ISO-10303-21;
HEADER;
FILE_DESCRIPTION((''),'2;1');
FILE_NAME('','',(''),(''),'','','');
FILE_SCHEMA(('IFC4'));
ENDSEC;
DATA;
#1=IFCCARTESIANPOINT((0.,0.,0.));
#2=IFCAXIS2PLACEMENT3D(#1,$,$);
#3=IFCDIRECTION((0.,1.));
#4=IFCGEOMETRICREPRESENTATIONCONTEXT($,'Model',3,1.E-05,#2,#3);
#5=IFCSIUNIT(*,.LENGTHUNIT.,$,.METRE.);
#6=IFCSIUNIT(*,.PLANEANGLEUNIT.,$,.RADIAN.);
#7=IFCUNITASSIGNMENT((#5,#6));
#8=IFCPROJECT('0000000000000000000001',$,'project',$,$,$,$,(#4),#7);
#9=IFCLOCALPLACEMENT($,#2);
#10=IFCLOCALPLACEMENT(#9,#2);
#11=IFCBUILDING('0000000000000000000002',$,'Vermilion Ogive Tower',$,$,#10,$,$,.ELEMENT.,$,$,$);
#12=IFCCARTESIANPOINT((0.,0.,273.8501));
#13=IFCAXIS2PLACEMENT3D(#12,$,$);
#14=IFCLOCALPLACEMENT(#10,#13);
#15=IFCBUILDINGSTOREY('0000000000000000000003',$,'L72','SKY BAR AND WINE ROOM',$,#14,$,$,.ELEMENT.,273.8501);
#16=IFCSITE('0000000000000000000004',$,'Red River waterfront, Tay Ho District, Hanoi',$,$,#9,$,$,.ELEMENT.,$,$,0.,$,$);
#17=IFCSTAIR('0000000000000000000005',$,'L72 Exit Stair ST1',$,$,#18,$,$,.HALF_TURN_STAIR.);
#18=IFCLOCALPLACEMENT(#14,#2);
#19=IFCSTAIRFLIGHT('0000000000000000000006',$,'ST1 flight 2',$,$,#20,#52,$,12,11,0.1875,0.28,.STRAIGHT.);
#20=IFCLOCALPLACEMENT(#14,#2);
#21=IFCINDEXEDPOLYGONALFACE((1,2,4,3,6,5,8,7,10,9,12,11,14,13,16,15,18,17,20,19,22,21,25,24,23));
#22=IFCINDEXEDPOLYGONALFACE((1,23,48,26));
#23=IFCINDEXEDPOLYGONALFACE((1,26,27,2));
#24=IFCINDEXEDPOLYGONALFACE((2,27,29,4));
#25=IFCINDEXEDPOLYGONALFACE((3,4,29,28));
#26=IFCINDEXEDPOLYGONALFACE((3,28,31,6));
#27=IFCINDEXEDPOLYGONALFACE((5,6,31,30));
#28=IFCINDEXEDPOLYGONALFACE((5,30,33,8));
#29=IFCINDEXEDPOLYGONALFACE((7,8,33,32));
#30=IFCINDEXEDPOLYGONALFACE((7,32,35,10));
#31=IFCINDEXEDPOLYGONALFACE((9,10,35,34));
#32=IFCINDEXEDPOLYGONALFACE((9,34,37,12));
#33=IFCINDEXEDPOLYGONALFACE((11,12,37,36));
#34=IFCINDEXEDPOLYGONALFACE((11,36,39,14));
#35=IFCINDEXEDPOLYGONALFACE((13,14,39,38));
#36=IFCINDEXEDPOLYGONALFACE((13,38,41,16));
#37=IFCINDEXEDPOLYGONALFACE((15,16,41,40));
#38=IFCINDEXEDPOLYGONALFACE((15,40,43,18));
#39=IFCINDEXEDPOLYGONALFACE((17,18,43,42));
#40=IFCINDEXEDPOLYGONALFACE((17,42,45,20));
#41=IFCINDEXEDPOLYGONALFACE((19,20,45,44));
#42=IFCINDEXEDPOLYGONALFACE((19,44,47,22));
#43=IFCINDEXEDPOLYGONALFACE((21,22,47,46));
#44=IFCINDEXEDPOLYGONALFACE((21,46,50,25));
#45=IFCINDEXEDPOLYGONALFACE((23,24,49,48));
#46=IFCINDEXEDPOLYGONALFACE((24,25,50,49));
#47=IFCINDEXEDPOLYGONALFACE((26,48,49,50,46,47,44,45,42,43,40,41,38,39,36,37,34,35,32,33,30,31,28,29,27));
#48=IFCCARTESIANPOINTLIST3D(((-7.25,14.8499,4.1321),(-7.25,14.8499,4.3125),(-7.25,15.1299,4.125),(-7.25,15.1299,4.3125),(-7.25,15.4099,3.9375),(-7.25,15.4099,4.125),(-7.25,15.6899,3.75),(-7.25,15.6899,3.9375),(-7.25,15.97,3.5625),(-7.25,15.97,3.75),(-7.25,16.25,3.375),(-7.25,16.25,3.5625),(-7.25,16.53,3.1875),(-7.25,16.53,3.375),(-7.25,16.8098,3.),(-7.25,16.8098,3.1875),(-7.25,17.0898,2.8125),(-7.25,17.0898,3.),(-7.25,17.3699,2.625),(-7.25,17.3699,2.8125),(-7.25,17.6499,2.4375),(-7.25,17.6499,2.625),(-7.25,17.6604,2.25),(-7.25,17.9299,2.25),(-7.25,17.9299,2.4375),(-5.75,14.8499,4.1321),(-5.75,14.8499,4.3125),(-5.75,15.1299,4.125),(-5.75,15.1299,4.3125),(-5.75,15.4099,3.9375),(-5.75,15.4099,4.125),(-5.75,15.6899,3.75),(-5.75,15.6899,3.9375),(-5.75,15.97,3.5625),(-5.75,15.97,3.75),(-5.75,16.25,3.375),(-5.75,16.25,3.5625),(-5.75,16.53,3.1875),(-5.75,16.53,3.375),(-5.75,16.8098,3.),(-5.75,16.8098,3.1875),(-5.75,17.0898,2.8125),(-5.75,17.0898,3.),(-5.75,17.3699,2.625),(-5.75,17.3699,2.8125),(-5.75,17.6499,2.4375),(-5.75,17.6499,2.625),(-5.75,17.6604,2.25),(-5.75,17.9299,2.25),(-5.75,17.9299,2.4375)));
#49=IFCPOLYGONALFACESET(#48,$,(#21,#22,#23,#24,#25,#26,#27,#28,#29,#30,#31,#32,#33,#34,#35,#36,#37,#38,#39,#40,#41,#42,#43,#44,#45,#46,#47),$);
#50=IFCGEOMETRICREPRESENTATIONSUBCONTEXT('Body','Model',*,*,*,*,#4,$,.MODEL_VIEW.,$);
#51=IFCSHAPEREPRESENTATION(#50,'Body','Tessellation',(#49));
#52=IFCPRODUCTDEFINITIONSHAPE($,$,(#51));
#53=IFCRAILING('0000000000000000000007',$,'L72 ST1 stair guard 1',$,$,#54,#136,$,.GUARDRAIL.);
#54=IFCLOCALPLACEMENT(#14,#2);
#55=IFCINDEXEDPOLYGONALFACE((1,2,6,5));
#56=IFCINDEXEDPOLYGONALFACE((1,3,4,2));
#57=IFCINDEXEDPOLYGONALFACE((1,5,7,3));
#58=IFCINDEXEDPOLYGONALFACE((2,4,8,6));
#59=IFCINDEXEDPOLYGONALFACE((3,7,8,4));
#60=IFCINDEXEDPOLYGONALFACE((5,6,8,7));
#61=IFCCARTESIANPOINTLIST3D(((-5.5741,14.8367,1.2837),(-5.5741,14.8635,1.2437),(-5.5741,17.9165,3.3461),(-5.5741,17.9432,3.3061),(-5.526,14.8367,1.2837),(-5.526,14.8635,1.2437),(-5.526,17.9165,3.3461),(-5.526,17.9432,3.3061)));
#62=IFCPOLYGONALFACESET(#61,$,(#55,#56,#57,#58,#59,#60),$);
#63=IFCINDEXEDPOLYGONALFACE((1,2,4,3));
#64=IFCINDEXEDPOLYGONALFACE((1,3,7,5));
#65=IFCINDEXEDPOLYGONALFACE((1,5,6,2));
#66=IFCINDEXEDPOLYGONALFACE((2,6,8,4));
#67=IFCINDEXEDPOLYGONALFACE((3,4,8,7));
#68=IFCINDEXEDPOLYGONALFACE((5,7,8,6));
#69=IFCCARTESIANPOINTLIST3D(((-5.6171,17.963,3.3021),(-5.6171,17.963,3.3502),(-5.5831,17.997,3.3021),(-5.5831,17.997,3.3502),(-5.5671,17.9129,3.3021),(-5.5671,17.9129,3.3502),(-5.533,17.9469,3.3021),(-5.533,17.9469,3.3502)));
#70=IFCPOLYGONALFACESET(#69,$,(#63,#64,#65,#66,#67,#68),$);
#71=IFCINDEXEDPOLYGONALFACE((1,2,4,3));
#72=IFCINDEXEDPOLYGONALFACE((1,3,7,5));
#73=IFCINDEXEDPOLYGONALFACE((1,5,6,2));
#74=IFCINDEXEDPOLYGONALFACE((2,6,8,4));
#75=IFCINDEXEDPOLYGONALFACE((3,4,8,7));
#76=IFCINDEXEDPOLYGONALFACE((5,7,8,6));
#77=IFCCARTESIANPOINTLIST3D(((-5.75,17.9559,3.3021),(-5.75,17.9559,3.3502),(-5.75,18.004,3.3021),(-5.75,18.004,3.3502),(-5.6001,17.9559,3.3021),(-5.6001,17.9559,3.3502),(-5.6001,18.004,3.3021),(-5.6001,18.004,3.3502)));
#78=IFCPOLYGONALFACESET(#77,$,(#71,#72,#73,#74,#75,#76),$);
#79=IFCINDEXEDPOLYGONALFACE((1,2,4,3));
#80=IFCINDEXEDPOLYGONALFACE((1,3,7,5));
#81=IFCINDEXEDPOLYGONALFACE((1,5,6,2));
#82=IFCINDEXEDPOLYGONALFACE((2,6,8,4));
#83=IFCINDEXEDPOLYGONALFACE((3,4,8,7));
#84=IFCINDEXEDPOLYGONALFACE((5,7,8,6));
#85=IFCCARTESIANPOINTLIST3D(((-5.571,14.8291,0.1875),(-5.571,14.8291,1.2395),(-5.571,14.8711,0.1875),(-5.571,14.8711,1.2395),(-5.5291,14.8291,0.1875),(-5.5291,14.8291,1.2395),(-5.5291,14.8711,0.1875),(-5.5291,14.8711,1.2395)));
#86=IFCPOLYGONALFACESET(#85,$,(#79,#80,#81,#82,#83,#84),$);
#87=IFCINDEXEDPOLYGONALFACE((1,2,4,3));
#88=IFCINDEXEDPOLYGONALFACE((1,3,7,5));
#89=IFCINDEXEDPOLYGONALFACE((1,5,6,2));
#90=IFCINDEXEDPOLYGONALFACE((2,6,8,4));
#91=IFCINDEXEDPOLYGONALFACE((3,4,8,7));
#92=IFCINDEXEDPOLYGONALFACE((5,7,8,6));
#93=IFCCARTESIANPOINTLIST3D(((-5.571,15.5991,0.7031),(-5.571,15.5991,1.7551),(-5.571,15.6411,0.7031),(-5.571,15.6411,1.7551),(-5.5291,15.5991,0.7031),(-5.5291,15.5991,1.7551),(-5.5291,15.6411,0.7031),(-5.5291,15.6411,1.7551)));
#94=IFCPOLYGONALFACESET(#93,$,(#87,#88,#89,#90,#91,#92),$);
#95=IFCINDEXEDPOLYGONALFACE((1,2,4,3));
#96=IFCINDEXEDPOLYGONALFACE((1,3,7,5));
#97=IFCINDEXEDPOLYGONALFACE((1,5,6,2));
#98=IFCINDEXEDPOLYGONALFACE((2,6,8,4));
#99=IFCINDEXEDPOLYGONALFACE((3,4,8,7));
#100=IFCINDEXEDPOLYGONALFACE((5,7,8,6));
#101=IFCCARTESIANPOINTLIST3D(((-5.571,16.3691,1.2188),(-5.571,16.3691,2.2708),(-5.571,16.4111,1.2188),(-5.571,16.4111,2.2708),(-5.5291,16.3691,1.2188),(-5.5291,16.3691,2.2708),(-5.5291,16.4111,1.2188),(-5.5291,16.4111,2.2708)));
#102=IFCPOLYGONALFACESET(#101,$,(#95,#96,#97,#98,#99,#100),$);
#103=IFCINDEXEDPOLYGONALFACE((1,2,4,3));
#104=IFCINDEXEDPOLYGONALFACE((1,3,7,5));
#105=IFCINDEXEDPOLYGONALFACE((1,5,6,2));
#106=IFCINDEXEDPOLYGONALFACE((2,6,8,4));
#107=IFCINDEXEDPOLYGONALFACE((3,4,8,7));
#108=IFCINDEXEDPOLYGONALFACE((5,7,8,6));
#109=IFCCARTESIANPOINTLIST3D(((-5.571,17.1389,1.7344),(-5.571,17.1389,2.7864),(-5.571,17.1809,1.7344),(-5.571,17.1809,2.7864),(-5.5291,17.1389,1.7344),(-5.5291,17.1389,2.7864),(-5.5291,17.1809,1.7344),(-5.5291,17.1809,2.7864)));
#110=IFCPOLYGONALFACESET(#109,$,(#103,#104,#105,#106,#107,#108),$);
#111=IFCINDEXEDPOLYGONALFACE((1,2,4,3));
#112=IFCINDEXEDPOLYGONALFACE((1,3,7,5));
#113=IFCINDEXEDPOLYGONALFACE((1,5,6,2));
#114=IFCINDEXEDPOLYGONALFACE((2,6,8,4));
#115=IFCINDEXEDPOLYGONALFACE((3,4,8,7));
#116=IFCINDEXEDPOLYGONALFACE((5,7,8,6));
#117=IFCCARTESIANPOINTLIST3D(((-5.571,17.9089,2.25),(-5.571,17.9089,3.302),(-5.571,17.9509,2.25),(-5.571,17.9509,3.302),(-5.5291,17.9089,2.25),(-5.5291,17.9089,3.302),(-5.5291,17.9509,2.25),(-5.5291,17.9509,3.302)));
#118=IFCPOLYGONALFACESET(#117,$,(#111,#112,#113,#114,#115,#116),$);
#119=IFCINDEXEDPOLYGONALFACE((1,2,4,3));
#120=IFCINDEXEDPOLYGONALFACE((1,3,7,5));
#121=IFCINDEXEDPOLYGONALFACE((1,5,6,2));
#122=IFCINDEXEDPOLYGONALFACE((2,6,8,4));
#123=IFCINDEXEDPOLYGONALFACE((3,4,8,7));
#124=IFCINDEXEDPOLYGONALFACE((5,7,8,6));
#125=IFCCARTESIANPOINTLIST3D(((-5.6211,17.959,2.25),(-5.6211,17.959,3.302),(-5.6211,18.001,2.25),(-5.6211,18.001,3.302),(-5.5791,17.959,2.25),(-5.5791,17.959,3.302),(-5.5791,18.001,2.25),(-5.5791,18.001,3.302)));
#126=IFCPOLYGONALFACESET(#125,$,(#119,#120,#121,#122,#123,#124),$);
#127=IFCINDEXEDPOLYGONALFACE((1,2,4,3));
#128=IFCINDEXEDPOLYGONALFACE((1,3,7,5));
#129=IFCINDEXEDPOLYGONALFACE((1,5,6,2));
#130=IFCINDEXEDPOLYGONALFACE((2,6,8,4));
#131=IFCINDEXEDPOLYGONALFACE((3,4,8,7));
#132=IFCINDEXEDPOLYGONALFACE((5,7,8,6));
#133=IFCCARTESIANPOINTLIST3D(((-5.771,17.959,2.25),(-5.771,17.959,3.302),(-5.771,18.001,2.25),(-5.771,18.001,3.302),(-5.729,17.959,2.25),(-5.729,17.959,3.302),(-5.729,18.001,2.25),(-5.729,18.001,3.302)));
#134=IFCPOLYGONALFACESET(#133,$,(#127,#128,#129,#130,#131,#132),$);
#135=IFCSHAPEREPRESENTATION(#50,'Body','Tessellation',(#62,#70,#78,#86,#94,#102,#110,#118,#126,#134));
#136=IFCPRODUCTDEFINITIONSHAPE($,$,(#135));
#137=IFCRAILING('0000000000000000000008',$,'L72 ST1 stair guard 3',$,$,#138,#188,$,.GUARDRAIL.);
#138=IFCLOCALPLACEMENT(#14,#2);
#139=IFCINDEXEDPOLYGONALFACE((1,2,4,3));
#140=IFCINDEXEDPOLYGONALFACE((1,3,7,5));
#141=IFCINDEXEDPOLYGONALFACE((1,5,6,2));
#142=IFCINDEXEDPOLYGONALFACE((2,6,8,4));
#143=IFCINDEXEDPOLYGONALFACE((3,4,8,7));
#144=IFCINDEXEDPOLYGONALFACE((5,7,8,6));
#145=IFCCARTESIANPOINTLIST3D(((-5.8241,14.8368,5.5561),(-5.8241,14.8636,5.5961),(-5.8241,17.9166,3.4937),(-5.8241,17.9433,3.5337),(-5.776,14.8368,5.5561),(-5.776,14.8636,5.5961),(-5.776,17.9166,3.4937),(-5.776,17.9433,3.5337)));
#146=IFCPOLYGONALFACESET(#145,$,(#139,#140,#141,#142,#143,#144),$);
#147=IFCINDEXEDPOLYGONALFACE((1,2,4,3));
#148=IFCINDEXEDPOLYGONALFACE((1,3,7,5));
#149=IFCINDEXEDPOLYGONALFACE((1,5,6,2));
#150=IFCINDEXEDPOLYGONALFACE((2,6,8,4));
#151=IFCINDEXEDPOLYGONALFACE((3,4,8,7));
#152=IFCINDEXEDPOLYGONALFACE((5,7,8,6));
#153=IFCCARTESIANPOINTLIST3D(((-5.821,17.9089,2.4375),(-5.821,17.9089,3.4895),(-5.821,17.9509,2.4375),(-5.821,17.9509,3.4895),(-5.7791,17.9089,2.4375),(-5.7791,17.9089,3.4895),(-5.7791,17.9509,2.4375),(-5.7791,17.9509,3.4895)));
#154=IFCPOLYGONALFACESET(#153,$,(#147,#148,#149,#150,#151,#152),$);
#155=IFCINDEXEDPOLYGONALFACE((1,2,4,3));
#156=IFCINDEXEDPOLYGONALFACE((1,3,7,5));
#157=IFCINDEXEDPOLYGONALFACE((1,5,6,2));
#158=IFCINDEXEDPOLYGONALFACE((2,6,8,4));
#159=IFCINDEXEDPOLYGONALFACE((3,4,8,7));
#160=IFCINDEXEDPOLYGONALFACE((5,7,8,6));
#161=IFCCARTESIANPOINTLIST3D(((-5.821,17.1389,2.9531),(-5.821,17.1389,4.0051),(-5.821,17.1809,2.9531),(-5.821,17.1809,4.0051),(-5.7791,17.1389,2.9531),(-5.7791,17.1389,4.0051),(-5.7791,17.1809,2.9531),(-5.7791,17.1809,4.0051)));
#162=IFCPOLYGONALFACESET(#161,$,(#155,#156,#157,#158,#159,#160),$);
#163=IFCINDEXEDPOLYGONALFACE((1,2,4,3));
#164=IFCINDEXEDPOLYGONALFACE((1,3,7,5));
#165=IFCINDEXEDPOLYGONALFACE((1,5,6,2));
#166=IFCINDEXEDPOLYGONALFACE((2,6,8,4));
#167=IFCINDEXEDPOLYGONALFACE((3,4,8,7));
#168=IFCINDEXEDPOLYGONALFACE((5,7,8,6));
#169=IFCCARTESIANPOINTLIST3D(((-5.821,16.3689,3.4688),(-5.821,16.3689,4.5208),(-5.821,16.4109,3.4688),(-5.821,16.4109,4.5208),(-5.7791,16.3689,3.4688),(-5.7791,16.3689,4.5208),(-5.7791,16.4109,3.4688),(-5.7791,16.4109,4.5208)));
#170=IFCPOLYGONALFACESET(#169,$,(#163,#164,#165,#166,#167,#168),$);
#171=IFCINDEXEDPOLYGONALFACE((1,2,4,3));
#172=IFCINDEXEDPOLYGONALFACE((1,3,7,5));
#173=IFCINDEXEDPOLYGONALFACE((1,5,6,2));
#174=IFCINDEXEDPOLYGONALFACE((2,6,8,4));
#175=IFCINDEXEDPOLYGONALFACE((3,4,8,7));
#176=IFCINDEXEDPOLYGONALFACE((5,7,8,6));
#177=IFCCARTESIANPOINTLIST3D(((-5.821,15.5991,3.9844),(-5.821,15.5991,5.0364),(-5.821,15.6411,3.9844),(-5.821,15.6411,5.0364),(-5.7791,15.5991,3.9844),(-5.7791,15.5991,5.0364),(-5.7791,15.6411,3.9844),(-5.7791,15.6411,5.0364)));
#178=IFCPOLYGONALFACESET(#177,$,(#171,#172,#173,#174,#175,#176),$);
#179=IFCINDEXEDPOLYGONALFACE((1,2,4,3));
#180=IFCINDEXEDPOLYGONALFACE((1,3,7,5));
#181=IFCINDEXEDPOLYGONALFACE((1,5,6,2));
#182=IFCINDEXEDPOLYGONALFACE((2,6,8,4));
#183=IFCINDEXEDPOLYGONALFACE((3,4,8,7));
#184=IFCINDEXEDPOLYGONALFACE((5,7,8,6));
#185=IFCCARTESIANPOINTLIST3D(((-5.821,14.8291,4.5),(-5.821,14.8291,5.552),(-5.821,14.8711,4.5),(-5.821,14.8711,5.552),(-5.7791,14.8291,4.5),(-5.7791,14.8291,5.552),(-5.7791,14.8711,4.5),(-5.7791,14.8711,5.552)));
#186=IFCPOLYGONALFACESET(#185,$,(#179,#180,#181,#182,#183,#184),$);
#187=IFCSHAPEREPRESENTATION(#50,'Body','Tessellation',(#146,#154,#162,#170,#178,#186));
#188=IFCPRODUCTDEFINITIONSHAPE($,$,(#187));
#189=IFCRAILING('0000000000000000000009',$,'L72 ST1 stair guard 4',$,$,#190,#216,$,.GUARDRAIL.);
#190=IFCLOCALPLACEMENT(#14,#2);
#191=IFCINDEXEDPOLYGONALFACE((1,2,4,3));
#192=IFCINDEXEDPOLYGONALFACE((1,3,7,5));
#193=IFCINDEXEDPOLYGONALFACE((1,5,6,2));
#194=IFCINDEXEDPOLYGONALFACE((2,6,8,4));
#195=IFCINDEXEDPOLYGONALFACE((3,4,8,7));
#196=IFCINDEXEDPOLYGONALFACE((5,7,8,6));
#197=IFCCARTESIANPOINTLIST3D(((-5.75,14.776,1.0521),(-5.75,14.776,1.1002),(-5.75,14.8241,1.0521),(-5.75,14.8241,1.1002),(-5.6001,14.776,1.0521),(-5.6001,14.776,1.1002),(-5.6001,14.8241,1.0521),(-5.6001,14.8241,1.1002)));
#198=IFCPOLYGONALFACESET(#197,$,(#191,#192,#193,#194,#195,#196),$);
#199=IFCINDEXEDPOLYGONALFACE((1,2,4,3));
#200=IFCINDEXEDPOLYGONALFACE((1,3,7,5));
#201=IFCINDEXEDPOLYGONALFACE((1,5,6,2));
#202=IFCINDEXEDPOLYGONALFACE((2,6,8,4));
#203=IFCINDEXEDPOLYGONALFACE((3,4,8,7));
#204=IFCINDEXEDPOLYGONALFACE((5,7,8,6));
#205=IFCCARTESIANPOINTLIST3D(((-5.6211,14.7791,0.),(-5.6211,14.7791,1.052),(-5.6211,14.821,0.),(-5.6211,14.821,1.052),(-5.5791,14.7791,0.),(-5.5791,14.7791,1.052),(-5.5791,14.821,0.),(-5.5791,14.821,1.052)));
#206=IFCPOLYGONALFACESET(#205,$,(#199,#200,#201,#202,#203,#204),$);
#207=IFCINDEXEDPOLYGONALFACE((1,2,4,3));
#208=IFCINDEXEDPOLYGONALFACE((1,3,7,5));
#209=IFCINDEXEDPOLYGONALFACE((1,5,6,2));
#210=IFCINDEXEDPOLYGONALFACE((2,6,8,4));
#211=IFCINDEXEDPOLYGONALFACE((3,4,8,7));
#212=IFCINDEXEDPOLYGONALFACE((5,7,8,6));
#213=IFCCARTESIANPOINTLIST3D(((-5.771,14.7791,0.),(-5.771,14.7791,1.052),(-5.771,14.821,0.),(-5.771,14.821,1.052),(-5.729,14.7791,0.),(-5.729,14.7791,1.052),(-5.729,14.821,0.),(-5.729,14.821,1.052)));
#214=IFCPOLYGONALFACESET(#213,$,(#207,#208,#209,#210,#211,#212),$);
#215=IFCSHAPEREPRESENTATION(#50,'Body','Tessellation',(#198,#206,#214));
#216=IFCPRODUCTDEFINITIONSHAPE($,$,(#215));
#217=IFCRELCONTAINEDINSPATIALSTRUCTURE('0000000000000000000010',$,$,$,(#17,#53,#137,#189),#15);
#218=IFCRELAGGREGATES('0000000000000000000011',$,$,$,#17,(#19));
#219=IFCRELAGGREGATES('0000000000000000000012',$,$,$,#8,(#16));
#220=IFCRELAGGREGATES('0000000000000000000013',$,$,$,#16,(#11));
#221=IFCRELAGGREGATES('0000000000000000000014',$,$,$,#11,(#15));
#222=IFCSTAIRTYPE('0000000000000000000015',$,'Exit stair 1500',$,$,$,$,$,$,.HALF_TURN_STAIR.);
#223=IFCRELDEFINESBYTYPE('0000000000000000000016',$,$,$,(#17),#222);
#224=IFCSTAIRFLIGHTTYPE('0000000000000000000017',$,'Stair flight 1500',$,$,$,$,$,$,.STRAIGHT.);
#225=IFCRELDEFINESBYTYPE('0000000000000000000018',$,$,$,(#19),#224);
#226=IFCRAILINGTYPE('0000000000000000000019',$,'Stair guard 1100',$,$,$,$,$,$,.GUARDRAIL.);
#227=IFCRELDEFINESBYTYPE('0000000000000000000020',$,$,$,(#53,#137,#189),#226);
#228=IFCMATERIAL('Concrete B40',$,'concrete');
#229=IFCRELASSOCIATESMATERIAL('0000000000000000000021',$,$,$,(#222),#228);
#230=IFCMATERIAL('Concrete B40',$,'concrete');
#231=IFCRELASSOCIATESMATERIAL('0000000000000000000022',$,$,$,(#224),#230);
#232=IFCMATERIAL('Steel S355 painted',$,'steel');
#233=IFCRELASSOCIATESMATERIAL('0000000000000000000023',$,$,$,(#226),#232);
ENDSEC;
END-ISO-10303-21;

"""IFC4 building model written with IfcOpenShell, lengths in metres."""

from ifc_helpers import new_model, si_unit, direction, frame, origin, origin_2d, place, context, subcontext, project, spatial, polyline, rectangle, outline, extrude, material, type_object, element, aggregate, save


model = new_model("IFC4")

# Units and contexts
model_context = context("Model", 3, precision=1e-05, world=origin(), true_north=direction((0.0, 1.0)))
body_context = subcontext(model_context, "Body", "Model", "MODEL_VIEW")
ifc_project = project(units=[si_unit("LENGTHUNIT", "METRE"), si_unit("PLANEANGLEUNIT", "RADIAN")], contexts=[model_context])

# Site, building, storey
site_placement = place(None, origin())
site = spatial("IfcSite", under=ifc_project, at=site_placement, Name="Red River waterfront, Tay Ho District, Hanoi", CompositionType="ELEMENT", RefElevation=0.0)
building_placement = place(site_placement, origin())
building = spatial("IfcBuilding", under=site, at=building_placement, Name="Vermilion Ogive Tower", CompositionType="ELEMENT")
storey_placement = place(building_placement, frame((0.0, 0.0, 273.8501)))
storey = spatial("IfcBuildingStorey", under=building, at=storey_placement, Name="L72", Description="SKY BAR AND WINE ROOM", CompositionType="ELEMENT", Elevation=273.8501)

# Stair, stair flight
ifc_material_1 = material(Name="Concrete B40", Category="concrete")
stair_type = type_object("IfcStairType", Name="Exit stair 1500", PredefinedType="HALF_TURN_STAIR", material=ifc_material_1)
stair_placement = place(storey_placement, origin())
stair = element("IfcStair", 1, at=stair_placement, inside=storey, type_object=stair_type, Name="L72 Exit Stair ST1", PredefinedType="HALF_TURN_STAIR")
ifc_material_2 = material(Name="Concrete B40", Category="concrete")
stair_flight_type = type_object("IfcStairFlightType", Name="Stair flight 1500", PredefinedType="STRAIGHT", material=ifc_material_2)
stair_flight_1_placement = place(storey_placement, frame((-6.5, 17.9299, 2.25), z_axis=(0.0, 0.0, 1.0), x_axis=(0.0, -1.0, 0.0)))
stair_flight_1 = element("IfcStairFlight", 2, at=stair_flight_1_placement, type_object=stair_flight_type, Name="ST1 flight 2", NumberOfRisers=12, NumberOfTreads=11, PredefinedType="STRAIGHT", RiserHeight=0.1875, TreadLength=0.28, context=body_context, shape_type="SweptSolid", body=[
    extrude(outline(polyline([(0.0, 0.0), (0.0, 0.1875), (0.28, 0.1875), (0.28, 0.375), (0.5601, 0.375), (0.5601, 0.5625), (0.8401, 0.5625), (0.8401, 0.75), (1.1201, 0.75), (1.1201, 0.9375), (1.3999, 0.9375), (1.3999, 1.125), (1.6799, 1.125), (1.6799, 1.3125), (1.96, 1.3125), (1.96, 1.5), (2.24, 1.5), (2.24, 1.6875), (2.52, 1.6875), (2.52, 1.875), (2.8, 1.875), (2.8, 2.0625), (3.0801, 2.0625), (3.0801, 2.25), (3.0801, 1.8821), (0.2695, 0.0), (0.0, 0.0)])), frame((0.0, 0.75, 0.0), z_axis=(0.0, -1.0, 0.0), x_axis=(1.0, 0.0, 0.0)), (0.0, 0.0, 1.0), 1.5),
])
aggregate(stair, [stair_flight_1])

# Railings
ifc_material_3 = material(Name="Steel S355 painted", Category="steel")
railing_type_1 = type_object("IfcRailingType", Name="Stair guard 1100", PredefinedType="GUARDRAIL", material=ifc_material_3)
railing_1_placement = place(storey_placement, frame((-5.55, 14.8501, 0.1875)))
element("IfcRailing", 3, at=railing_1_placement, inside=storey, type_object=railing_type_1, Name="L72 ST1 stair guard 1", PredefinedType="GUARDRAIL", context=body_context, shape_type="SweptSolid", body=[
    extrude(rectangle(XDim=0.0481, YDim=0.0481, at=origin_2d()), frame((0.0, 0.0, 1.0762), z_axis=(0.0, 0.830893, 0.556432), x_axis=(-1.0, 0.0, 0.0)), (0.0, 0.0, 1.0), 3.7065),
    extrude(rectangle(XDim=0.0481, YDim=0.0481, at=origin_2d()), frame((0.0, 3.0798, 3.1387), z_axis=(-0.707107, 0.707107, 0.0), x_axis=(-0.707107, -0.707107, 0.0)), (0.0, 0.0, 1.0), 0.0708),
    extrude(rectangle(XDim=0.0481, YDim=0.0481, at=origin_2d()), frame((-0.05, 3.1299, 3.1387), z_axis=(-1.0, 0.0, 0.0), x_axis=(0.0, -1.0, 0.0)), (0.0, 0.0, 1.0), 0.1499),
    extrude(rectangle(XDim=0.042, YDim=0.042, at=origin_2d()), origin(), (0.0, 0.0, 1.0), 1.052),
    extrude(rectangle(XDim=0.042, YDim=0.042, at=origin_2d()), frame((0.0, 0.77, 0.5156)), (0.0, 0.0, 1.0), 1.052),
    extrude(rectangle(XDim=0.042, YDim=0.042, at=origin_2d()), frame((0.0, 1.54, 1.0312)), (0.0, 0.0, 1.0), 1.052),
    extrude(rectangle(XDim=0.042, YDim=0.042, at=origin_2d()), frame((0.0, 2.3098, 1.5469)), (0.0, 0.0, 1.0), 1.052),
    extrude(rectangle(XDim=0.042, YDim=0.042, at=origin_2d()), frame((0.0, 3.0798, 2.0625)), (0.0, 0.0, 1.0), 1.052),
    extrude(rectangle(XDim=0.042, YDim=0.042, at=origin_2d()), frame((-0.05, 3.1299, 2.0625)), (0.0, 0.0, 1.0), 1.052),
    extrude(rectangle(XDim=0.042, YDim=0.042, at=origin_2d()), frame((-0.2, 3.1299, 2.0625)), (0.0, 0.0, 1.0), 1.052),
])
railing_2_placement = place(storey_placement, frame((-5.8, 17.9299, 2.4375)))
element("IfcRailing", 4, at=railing_2_placement, inside=storey, type_object=railing_type_1, Name="L72 ST1 stair guard 3", PredefinedType="GUARDRAIL", context=body_context, shape_type="SweptSolid", body=[
    extrude(rectangle(XDim=0.0481, YDim=0.0481, at=origin_2d()), frame((0.0, 0.0, 1.0762), z_axis=(0.0, -0.830893, 0.556432), x_axis=(1.0, 0.0, 0.0)), (0.0, 0.0, 1.0), 3.7065),
    extrude(rectangle(XDim=0.042, YDim=0.042, at=origin_2d()), origin(), (0.0, 0.0, 1.0), 1.052),
    extrude(rectangle(XDim=0.042, YDim=0.042, at=origin_2d()), frame((0.0, -0.77, 0.5156)), (0.0, 0.0, 1.0), 1.052),
    extrude(rectangle(XDim=0.042, YDim=0.042, at=origin_2d()), frame((0.0, -1.54, 1.0312)), (0.0, 0.0, 1.0), 1.052),
    extrude(rectangle(XDim=0.042, YDim=0.042, at=origin_2d()), frame((0.0, -2.3098, 1.5469)), (0.0, 0.0, 1.0), 1.052),
    extrude(rectangle(XDim=0.042, YDim=0.042, at=origin_2d()), frame((0.0, -3.0798, 2.0625)), (0.0, 0.0, 1.0), 1.052),
])
railing_3_placement = place(storey_placement, frame((-5.6001, 14.8, 0.0)))
element("IfcRailing", 5, at=railing_3_placement, inside=storey, type_object=railing_type_1, Name="L72 ST1 stair guard 4", PredefinedType="GUARDRAIL", context=body_context, shape_type="SweptSolid", body=[
    extrude(rectangle(XDim=0.0481, YDim=0.0481, at=origin_2d()), frame((0.0, 0.0, 1.0762), z_axis=(-1.0, 0.0, 0.0), x_axis=(0.0, -1.0, 0.0)), (0.0, 0.0, 1.0), 0.1499),
    extrude(rectangle(XDim=0.042, YDim=0.042, at=origin_2d()), origin(), (0.0, 0.0, 1.0), 1.052),
    extrude(rectangle(XDim=0.042, YDim=0.042, at=origin_2d()), frame((-0.1499, 0.0, 0.0)), (0.0, 0.0, 1.0), 1.052),
])

save(model, "model.ifc")
